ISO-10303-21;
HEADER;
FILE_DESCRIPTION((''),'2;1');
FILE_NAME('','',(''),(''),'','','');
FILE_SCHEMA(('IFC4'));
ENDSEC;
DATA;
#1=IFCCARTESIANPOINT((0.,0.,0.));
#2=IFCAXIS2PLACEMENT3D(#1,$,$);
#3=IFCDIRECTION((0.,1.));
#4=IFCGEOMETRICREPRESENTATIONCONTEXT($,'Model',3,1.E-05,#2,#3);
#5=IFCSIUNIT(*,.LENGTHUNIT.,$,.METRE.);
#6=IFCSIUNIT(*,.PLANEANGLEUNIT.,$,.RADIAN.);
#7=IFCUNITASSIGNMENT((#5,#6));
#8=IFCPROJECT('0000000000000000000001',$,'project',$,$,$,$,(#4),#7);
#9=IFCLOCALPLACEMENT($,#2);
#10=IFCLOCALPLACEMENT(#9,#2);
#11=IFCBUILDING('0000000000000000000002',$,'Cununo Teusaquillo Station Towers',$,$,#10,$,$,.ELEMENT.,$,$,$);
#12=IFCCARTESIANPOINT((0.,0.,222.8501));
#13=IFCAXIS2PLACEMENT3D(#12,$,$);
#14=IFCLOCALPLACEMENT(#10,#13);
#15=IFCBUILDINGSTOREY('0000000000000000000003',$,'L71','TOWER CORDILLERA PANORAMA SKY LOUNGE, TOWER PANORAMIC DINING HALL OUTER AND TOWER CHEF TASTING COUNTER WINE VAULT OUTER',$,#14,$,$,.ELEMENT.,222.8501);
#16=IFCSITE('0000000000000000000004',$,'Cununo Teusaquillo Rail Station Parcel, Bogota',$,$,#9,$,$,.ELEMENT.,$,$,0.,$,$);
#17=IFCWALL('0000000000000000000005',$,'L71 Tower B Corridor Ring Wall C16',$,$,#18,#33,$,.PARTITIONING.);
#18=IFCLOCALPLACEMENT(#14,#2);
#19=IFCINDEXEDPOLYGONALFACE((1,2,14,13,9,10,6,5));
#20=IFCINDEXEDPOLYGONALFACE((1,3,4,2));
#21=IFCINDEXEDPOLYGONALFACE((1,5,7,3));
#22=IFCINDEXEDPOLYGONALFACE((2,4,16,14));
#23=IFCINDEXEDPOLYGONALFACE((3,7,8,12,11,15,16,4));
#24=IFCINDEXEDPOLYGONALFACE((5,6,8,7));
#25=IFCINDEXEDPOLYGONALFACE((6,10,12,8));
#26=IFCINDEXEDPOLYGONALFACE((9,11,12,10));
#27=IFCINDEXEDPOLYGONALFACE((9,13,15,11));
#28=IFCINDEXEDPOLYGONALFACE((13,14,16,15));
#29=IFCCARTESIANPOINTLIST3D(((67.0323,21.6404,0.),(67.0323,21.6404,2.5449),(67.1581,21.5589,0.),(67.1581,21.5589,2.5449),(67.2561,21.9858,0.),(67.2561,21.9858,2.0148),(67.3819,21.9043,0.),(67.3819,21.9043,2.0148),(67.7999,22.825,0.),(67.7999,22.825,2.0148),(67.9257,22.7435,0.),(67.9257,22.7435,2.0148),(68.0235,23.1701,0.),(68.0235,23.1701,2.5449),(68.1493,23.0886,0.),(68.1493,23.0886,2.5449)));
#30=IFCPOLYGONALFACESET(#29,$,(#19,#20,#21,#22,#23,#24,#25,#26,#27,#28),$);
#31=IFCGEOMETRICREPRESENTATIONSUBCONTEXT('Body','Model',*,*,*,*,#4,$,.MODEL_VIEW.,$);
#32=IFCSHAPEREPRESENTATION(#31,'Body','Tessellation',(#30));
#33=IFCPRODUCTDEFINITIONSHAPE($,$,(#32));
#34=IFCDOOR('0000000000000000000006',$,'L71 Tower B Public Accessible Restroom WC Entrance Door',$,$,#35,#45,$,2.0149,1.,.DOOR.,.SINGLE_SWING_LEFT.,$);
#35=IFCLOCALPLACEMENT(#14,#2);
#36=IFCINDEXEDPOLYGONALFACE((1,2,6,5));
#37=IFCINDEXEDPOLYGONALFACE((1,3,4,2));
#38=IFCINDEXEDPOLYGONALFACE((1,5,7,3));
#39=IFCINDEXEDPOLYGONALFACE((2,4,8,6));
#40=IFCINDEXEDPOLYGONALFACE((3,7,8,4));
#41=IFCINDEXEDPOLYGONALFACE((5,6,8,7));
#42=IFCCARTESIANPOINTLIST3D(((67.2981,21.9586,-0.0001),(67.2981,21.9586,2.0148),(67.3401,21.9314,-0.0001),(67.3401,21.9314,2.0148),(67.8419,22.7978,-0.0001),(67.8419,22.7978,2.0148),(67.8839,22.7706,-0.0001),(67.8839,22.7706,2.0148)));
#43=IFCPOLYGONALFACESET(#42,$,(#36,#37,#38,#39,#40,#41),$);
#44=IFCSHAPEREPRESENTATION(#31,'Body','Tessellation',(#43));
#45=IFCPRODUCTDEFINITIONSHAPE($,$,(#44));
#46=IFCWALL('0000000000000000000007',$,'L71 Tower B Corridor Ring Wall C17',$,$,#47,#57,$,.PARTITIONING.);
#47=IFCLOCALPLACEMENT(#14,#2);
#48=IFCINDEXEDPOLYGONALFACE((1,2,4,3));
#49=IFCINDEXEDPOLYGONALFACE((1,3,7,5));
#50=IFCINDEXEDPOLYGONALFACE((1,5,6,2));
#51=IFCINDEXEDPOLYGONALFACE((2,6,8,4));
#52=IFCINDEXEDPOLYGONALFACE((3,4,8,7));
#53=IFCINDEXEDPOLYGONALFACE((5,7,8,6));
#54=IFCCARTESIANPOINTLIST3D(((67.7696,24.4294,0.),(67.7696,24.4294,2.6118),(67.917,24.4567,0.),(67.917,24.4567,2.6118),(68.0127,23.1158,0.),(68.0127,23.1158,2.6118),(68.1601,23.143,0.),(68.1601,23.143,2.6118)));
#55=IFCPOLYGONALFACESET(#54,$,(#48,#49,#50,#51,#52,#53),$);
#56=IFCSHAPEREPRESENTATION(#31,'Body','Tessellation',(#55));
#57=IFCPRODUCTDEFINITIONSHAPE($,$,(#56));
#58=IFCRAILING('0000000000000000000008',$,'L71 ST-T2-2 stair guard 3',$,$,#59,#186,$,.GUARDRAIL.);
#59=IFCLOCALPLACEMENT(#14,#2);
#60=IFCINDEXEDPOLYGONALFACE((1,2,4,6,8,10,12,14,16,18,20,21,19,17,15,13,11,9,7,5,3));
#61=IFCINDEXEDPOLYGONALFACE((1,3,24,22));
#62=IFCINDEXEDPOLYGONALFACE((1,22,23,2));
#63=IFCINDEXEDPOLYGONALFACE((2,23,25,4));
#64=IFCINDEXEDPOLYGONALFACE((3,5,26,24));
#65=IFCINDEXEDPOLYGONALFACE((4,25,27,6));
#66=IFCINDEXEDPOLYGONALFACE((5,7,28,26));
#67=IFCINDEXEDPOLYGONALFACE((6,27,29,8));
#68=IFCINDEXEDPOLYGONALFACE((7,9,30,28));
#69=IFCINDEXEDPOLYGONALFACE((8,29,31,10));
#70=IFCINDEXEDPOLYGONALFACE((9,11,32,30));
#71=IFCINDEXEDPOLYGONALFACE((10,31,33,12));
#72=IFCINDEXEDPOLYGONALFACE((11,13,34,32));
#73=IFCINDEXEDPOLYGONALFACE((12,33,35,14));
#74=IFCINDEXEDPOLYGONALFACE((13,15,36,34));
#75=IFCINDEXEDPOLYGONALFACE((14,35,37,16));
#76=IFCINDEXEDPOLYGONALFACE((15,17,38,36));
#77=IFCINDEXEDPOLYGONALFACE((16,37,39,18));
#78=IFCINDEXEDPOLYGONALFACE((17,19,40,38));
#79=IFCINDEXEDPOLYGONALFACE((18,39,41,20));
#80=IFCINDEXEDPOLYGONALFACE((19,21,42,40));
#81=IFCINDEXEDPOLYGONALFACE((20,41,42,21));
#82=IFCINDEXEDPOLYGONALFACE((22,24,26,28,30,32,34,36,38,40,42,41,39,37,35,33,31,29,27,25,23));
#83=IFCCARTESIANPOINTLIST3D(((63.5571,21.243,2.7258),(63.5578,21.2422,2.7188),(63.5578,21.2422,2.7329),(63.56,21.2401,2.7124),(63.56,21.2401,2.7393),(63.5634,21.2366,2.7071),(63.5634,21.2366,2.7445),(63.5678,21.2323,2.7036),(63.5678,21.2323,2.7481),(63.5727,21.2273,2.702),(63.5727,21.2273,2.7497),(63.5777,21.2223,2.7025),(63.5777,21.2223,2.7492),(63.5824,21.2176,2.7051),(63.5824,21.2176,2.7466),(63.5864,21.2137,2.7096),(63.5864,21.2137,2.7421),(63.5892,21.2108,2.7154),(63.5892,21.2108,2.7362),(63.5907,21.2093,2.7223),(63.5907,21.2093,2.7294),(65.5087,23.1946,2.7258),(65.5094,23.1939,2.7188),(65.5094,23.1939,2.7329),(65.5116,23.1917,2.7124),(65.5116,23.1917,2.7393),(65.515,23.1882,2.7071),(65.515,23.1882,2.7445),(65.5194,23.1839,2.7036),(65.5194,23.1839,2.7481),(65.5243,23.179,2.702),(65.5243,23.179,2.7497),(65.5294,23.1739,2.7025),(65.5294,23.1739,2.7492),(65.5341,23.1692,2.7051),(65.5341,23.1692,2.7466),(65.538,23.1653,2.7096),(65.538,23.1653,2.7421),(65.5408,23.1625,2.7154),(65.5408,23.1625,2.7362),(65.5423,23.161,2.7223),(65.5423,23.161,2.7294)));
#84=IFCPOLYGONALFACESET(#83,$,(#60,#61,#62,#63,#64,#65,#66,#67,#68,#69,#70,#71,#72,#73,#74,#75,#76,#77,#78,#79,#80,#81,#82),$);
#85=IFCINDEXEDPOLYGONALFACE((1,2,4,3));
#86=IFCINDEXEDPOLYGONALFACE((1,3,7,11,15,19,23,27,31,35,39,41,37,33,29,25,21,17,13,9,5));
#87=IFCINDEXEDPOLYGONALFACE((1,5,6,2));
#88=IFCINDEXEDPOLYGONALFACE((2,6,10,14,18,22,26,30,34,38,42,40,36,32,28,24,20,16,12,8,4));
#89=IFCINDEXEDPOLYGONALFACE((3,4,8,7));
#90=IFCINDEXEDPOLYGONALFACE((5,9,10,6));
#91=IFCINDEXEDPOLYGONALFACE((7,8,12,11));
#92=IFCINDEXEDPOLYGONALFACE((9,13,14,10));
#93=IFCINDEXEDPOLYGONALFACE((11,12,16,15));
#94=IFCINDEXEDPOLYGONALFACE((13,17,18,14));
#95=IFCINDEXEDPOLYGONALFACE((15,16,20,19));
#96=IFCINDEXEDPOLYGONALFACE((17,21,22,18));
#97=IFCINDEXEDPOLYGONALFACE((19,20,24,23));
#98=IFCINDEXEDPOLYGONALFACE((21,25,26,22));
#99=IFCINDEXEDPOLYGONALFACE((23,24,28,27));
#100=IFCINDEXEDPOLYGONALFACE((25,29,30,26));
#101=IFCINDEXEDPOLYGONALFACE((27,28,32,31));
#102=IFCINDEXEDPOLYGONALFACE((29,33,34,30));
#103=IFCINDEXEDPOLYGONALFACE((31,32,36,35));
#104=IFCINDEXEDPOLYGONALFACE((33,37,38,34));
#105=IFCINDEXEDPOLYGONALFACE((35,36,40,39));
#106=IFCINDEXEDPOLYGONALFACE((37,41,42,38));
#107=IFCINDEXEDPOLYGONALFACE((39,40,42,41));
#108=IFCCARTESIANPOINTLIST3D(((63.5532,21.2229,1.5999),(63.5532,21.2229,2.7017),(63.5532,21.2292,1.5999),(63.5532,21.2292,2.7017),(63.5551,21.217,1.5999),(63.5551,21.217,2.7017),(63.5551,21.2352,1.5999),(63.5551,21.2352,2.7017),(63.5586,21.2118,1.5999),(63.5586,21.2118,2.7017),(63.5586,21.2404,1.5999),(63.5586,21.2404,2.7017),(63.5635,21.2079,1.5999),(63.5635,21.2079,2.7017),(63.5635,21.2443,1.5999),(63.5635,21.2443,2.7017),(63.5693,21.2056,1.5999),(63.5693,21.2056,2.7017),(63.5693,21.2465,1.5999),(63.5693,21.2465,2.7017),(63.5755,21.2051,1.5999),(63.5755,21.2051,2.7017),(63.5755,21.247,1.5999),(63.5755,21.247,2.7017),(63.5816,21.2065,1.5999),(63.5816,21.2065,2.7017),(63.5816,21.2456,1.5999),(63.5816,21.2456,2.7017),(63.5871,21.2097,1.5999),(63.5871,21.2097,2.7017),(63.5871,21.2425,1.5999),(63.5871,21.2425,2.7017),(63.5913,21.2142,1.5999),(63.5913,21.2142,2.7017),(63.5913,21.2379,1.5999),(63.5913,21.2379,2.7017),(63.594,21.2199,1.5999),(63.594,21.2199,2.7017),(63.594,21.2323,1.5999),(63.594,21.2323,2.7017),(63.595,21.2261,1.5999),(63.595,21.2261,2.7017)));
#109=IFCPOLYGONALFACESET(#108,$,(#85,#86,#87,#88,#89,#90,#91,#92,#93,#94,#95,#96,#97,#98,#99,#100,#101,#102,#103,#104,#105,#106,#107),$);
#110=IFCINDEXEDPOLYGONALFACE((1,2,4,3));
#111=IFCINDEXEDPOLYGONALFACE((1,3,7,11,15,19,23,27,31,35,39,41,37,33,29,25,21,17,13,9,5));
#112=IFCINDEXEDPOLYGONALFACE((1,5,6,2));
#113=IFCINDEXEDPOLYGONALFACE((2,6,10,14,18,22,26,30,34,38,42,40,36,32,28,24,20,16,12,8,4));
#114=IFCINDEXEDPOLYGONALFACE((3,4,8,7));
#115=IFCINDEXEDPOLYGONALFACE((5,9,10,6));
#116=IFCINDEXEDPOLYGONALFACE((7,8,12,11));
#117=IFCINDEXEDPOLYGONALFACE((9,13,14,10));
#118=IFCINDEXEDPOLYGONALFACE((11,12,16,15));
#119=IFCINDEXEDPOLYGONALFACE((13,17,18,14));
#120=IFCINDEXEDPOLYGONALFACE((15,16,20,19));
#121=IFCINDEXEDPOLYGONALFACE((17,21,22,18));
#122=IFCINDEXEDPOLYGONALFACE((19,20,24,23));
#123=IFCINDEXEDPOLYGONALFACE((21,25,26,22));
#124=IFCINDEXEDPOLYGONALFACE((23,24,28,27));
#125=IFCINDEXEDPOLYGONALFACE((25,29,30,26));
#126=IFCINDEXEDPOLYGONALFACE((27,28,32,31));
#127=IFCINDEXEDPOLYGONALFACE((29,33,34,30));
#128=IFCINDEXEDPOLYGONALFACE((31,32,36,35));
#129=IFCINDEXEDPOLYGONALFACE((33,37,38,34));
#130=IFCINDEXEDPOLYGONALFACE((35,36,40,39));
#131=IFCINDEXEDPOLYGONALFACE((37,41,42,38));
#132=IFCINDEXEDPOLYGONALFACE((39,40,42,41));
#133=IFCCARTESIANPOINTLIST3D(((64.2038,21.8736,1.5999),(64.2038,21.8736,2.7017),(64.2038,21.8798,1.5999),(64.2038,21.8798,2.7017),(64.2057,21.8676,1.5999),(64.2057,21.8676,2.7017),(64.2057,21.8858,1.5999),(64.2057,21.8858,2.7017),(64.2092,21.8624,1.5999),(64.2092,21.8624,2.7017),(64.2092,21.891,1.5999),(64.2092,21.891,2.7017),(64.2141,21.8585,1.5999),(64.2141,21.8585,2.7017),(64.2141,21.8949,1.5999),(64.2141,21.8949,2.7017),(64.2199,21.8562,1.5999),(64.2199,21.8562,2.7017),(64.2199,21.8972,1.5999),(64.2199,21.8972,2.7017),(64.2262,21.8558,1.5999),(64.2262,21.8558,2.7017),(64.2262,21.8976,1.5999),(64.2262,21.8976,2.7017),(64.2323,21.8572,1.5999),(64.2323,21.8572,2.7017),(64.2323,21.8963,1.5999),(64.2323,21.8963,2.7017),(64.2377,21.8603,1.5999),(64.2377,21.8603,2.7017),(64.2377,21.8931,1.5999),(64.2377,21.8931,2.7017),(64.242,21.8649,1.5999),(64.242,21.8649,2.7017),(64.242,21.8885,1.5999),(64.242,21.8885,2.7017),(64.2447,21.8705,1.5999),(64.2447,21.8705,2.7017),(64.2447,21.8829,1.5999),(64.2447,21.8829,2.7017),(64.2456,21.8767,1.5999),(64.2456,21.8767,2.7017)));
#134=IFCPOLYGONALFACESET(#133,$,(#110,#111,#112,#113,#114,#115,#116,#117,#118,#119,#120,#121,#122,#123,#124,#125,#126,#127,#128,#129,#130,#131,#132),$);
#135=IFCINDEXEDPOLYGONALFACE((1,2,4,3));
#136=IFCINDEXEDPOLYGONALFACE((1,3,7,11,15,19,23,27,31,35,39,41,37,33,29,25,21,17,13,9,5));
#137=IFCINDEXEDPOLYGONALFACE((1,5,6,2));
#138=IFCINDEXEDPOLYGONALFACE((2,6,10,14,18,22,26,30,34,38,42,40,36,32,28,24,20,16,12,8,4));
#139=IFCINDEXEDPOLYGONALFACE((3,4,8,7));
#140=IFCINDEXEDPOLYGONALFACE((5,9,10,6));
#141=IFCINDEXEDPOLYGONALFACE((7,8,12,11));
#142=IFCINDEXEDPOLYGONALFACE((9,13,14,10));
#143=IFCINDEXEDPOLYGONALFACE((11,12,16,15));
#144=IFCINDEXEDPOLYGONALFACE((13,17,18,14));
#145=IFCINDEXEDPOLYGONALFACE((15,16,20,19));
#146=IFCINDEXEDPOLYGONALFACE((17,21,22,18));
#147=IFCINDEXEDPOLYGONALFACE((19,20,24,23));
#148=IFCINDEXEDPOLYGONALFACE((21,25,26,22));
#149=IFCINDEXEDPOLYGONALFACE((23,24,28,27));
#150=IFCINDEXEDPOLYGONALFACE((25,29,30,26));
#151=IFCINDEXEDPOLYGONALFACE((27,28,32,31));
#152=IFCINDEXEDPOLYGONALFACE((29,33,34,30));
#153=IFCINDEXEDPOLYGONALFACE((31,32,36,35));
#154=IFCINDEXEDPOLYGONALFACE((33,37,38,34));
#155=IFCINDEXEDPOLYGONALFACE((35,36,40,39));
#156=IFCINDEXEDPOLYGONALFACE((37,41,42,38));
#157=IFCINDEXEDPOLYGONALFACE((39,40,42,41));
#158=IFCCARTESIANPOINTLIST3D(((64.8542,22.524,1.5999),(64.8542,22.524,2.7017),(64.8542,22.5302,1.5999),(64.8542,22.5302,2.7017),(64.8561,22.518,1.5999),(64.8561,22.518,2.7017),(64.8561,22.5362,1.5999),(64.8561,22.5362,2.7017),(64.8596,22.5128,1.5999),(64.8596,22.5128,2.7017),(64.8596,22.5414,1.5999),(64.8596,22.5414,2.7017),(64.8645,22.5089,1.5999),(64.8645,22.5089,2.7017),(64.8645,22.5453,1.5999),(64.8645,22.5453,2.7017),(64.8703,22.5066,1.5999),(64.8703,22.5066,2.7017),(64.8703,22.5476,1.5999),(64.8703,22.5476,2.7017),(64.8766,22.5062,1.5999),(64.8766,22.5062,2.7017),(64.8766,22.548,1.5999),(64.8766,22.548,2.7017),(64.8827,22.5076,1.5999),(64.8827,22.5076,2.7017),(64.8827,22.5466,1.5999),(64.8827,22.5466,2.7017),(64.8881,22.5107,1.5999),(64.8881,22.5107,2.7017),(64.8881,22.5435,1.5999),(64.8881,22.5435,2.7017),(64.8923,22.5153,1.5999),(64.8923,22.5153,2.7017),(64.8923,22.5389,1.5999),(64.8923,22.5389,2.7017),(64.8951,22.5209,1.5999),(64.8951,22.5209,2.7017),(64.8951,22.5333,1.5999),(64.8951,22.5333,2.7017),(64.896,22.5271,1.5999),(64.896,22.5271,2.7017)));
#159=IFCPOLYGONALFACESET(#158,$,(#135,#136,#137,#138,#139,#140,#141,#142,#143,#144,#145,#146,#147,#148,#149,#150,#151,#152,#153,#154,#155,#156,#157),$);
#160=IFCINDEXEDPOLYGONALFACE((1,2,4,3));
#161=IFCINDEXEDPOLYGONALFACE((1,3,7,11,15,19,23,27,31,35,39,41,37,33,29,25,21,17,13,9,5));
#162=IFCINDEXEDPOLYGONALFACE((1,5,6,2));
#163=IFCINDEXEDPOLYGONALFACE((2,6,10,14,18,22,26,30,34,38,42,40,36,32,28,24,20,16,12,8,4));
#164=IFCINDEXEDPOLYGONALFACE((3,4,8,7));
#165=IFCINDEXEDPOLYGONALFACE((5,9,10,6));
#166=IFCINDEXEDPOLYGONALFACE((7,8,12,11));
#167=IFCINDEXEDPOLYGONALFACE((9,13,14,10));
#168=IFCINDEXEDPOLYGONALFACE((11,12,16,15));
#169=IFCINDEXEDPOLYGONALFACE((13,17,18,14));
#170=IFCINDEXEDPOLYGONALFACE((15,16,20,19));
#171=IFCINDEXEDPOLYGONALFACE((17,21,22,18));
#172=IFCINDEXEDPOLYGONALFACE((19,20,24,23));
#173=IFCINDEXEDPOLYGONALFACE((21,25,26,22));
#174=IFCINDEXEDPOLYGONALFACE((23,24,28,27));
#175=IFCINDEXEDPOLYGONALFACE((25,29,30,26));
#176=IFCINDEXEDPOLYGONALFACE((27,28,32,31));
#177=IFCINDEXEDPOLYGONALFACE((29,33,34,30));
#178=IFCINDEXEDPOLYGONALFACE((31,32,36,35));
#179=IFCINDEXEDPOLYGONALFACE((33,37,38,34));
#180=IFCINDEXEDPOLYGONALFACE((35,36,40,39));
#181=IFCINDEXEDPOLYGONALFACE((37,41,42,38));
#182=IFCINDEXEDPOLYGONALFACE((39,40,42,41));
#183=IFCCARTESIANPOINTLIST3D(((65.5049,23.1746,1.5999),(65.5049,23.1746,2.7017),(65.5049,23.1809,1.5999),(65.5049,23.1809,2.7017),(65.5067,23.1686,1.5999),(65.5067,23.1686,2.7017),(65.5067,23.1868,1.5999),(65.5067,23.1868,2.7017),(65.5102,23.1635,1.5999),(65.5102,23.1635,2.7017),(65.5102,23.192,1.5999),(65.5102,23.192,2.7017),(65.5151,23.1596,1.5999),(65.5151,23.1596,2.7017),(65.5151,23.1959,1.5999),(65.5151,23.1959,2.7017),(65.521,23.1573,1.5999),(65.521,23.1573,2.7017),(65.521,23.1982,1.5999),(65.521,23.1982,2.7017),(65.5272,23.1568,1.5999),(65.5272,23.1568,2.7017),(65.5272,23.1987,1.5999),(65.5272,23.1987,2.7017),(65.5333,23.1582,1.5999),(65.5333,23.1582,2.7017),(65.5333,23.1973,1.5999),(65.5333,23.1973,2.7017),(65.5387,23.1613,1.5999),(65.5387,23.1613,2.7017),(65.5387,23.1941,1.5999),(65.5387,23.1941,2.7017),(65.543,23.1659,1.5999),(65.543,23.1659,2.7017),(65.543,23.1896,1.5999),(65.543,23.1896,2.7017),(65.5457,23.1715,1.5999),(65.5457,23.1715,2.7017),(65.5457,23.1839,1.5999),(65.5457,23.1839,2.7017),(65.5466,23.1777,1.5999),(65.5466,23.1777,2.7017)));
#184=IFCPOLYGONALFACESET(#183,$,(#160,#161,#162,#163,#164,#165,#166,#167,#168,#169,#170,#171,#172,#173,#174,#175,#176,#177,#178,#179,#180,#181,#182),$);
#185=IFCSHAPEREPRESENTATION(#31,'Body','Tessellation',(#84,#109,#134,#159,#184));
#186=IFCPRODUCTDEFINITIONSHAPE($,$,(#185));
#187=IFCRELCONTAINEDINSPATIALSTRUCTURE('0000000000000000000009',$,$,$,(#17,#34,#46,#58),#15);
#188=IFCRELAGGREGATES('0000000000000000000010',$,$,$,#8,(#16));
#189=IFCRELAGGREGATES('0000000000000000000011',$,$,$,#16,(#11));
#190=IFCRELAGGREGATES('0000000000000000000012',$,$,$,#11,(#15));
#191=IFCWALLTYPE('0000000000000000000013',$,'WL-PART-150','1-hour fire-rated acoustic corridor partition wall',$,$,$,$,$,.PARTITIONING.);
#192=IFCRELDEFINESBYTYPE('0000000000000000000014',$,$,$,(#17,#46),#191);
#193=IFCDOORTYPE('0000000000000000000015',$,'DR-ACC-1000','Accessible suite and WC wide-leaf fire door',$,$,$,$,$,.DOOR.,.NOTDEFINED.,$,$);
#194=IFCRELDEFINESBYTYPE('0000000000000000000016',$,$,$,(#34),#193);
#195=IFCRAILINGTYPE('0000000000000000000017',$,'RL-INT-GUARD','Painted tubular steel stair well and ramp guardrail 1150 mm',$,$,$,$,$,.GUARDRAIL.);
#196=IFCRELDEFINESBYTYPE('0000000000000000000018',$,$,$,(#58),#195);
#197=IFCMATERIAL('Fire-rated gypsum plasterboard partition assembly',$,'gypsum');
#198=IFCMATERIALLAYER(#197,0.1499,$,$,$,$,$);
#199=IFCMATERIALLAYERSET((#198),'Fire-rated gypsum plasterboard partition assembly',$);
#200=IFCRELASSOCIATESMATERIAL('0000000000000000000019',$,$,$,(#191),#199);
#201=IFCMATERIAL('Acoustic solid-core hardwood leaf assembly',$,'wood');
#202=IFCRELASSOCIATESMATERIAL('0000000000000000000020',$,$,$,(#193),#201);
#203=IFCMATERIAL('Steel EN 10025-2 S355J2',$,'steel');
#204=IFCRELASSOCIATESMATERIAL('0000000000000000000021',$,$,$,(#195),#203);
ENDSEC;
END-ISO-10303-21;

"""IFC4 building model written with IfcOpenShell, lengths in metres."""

from ifc_helpers import new_model, si_unit, direction, frame, frame_2d, origin, origin_2d, place, context, subcontext, project, spatial, rectangle, circle, extrude, source, transform, mapped, material, layer, layer_set, type_object, element, fill, save


model = new_model("IFC4")

# Units and contexts
model_context = context("Model", 3, precision=1e-05, world=origin(), true_north=direction((0.0, 1.0)))
body_context = subcontext(model_context, "Body", "Model", "MODEL_VIEW")
ifc_project = project(units=[si_unit("LENGTHUNIT", "METRE"), si_unit("PLANEANGLEUNIT", "RADIAN")], contexts=[model_context])

# Site, building, storey
site_placement = place(None, origin())
site = spatial("IfcSite", under=ifc_project, at=site_placement, Name="Cununo Teusaquillo Rail Station Parcel, Bogota", CompositionType="ELEMENT", RefElevation=0.0)
building_placement = place(site_placement, origin())
building = spatial("IfcBuilding", under=site, at=building_placement, Name="Cununo Teusaquillo Station Towers", CompositionType="ELEMENT")
storey_placement = place(building_placement, frame((0.0, 0.0, 222.8501)))
storey = spatial("IfcBuildingStorey", under=building, at=storey_placement, Name="L71", Description="TOWER CORDILLERA PANORAMA SKY LOUNGE, TOWER PANORAMIC DINING HALL OUTER AND TOWER CHEF TASTING COUNTER WINE VAULT OUTER", CompositionType="ELEMENT", Elevation=222.8501)

# Wall, opening, door
ifc_material_1 = material(Name="Fire-rated gypsum plasterboard partition assembly", Category="gypsum")
ifc_layer_1 = layer(ifc_material_1, 0.1499)
ifc_layer_set_1 = layer_set([ifc_layer_1], Name="Fire-rated gypsum plasterboard partition assembly")
wall_type_1 = type_object("IfcWallType", Name="WL-PART-150", Description="1-hour fire-rated acoustic corridor partition wall", PredefinedType="PARTITIONING", material=ifc_layer_set_1)
wall_1_placement = place(storey_placement, frame((67.0952, 21.5996, 0.0), z_axis=(0.0, 0.0, 1.0), x_axis=(0.543773, 0.839232, 0.0)))
wall_1 = element("IfcWall", 1, at=wall_1_placement, inside=storey, type_object=wall_type_1, Name="L71 Tower B Corridor Ring Wall C16", PredefinedType="PARTITIONING", context=body_context, shape_type="SweptSolid", body=[
    extrude(rectangle(XDim=1.8228, YDim=0.1499, at=frame_2d((0.9114, 0.0))), origin(), (0.0, 0.0, 1.0), 2.5449),
])
shared_shape_1 = source(origin(), body_context, "Body", "SweptSolid", [
    extrude(rectangle(XDim=1.0, YDim=2.0149, at=frame_2d((0.5, 1.0073))), frame((0.0, 0.085, 0.0), z_axis=(0.0, -1.0, 0.0), x_axis=(1.0, 0.0, 0.0)), (0.0, 0.0, 1.0), 0.1699),
])
opening_1_placement = place(wall_1_placement, frame((0.4116, 0.0, 0.0)))
opening_1 = element("IfcOpeningElement", 2, at=opening_1_placement, cuts=wall_1, PredefinedType="OPENING", context=body_context, shape_type="MappedRepresentation", body=[
    mapped(shared_shape_1, transform((0.0, 0.0, 0.0), x_axis=(1.0, 0.0, 0.0), y_axis=(0.0, 1.0, 0.0), z_axis=(0.0, 0.0, 1.0), scale=1.0)),
])
ifc_material_2 = material(Name="Acoustic solid-core hardwood leaf assembly", Category="wood")
door_type_1 = type_object("IfcDoorType", Name="DR-ACC-1000", Description="Accessible suite and WC wide-leaf fire door", OperationType="NOTDEFINED", PredefinedType="DOOR", material=ifc_material_2)
shared_shape_2 = source(origin(), body_context, "Body", "SweptSolid", [
    extrude(rectangle(XDim=1.0, YDim=2.0149, at=frame_2d((0.5, 1.0073))), frame((0.0, 0.0249, 0.0), z_axis=(0.0, -1.0, 0.0), x_axis=(1.0, 0.0, 0.0)), (0.0, 0.0, 1.0), 0.05),
])
door_1_placement = place(opening_1_placement, origin())
door_1 = element("IfcDoor", 3, at=door_1_placement, inside=storey, type_object=door_type_1, Name="L71 Tower B Public Accessible Restroom WC Entrance Door", OperationType="SINGLE_SWING_LEFT", OverallHeight=2.0149, OverallWidth=1.0, PredefinedType="DOOR", context=body_context, shape_type="MappedRepresentation", body=[
    mapped(shared_shape_2, transform((0.0, 0.0, 0.0), x_axis=(1.0, 0.0, 0.0), y_axis=(0.0, 1.0, 0.0), z_axis=(0.0, 0.0, 1.0), scale=1.0)),
])
fill(opening_1, door_1)

# Wall
wall_2_placement = place(storey_placement, frame((68.0864, 23.1294, 0.0), z_axis=(0.0, 0.0, 1.0), x_axis=(-0.182004, 0.983298, 0.0)))
element("IfcWall", 4, at=wall_2_placement, inside=storey, type_object=wall_type_1, Name="L71 Tower B Corridor Ring Wall C17", PredefinedType="PARTITIONING", context=body_context, shape_type="SweptSolid", body=[
    extrude(rectangle(XDim=1.3359, YDim=0.1499, at=frame_2d((0.668, 0.0))), origin(), (0.0, 0.0, 1.0), 2.6118),
])

# Railing
ifc_material_3 = material(Name="Steel EN 10025-2 S355J2", Category="steel")
railing_type = type_object("IfcRailingType", Name="RL-INT-GUARD", Description="Painted tubular steel stair well and ramp guardrail 1150 mm", PredefinedType="GUARDRAIL", material=ifc_material_3)
railing_1_placement = place(storey_placement, frame((63.574, 21.2261, 1.5999)))
element("IfcRailing", 5, at=railing_1_placement, inside=storey, type_object=railing_type, Name="L71 ST-T2-2 stair guard 3", PredefinedType="GUARDRAIL", context=body_context, shape_type="SweptSolid", body=[
    extrude(circle(Radius=0.0239, at=origin_2d()), frame((0.0, 0.0, 1.126), z_axis=(0.707107, 0.707107, 0.0), x_axis=(-0.707107, 0.707107, 0.0)), (0.0, 0.0, 1.0), 2.76),
    extrude(circle(Radius=0.021, at=origin_2d()), origin(), (0.0, 0.0, 1.0), 1.1018),
    extrude(circle(Radius=0.021, at=origin_2d()), frame((0.6506, 0.6506, 0.0)), (0.0, 0.0, 1.0), 1.1018),
    extrude(circle(Radius=0.021, at=origin_2d()), frame((1.301, 1.301, 0.0)), (0.0, 0.0, 1.0), 1.1018),
    extrude(circle(Radius=0.021, at=origin_2d()), frame((1.9517, 1.9517, 0.0)), (0.0, 0.0, 1.0), 1.1018),
])

save(model, "model.ifc")
